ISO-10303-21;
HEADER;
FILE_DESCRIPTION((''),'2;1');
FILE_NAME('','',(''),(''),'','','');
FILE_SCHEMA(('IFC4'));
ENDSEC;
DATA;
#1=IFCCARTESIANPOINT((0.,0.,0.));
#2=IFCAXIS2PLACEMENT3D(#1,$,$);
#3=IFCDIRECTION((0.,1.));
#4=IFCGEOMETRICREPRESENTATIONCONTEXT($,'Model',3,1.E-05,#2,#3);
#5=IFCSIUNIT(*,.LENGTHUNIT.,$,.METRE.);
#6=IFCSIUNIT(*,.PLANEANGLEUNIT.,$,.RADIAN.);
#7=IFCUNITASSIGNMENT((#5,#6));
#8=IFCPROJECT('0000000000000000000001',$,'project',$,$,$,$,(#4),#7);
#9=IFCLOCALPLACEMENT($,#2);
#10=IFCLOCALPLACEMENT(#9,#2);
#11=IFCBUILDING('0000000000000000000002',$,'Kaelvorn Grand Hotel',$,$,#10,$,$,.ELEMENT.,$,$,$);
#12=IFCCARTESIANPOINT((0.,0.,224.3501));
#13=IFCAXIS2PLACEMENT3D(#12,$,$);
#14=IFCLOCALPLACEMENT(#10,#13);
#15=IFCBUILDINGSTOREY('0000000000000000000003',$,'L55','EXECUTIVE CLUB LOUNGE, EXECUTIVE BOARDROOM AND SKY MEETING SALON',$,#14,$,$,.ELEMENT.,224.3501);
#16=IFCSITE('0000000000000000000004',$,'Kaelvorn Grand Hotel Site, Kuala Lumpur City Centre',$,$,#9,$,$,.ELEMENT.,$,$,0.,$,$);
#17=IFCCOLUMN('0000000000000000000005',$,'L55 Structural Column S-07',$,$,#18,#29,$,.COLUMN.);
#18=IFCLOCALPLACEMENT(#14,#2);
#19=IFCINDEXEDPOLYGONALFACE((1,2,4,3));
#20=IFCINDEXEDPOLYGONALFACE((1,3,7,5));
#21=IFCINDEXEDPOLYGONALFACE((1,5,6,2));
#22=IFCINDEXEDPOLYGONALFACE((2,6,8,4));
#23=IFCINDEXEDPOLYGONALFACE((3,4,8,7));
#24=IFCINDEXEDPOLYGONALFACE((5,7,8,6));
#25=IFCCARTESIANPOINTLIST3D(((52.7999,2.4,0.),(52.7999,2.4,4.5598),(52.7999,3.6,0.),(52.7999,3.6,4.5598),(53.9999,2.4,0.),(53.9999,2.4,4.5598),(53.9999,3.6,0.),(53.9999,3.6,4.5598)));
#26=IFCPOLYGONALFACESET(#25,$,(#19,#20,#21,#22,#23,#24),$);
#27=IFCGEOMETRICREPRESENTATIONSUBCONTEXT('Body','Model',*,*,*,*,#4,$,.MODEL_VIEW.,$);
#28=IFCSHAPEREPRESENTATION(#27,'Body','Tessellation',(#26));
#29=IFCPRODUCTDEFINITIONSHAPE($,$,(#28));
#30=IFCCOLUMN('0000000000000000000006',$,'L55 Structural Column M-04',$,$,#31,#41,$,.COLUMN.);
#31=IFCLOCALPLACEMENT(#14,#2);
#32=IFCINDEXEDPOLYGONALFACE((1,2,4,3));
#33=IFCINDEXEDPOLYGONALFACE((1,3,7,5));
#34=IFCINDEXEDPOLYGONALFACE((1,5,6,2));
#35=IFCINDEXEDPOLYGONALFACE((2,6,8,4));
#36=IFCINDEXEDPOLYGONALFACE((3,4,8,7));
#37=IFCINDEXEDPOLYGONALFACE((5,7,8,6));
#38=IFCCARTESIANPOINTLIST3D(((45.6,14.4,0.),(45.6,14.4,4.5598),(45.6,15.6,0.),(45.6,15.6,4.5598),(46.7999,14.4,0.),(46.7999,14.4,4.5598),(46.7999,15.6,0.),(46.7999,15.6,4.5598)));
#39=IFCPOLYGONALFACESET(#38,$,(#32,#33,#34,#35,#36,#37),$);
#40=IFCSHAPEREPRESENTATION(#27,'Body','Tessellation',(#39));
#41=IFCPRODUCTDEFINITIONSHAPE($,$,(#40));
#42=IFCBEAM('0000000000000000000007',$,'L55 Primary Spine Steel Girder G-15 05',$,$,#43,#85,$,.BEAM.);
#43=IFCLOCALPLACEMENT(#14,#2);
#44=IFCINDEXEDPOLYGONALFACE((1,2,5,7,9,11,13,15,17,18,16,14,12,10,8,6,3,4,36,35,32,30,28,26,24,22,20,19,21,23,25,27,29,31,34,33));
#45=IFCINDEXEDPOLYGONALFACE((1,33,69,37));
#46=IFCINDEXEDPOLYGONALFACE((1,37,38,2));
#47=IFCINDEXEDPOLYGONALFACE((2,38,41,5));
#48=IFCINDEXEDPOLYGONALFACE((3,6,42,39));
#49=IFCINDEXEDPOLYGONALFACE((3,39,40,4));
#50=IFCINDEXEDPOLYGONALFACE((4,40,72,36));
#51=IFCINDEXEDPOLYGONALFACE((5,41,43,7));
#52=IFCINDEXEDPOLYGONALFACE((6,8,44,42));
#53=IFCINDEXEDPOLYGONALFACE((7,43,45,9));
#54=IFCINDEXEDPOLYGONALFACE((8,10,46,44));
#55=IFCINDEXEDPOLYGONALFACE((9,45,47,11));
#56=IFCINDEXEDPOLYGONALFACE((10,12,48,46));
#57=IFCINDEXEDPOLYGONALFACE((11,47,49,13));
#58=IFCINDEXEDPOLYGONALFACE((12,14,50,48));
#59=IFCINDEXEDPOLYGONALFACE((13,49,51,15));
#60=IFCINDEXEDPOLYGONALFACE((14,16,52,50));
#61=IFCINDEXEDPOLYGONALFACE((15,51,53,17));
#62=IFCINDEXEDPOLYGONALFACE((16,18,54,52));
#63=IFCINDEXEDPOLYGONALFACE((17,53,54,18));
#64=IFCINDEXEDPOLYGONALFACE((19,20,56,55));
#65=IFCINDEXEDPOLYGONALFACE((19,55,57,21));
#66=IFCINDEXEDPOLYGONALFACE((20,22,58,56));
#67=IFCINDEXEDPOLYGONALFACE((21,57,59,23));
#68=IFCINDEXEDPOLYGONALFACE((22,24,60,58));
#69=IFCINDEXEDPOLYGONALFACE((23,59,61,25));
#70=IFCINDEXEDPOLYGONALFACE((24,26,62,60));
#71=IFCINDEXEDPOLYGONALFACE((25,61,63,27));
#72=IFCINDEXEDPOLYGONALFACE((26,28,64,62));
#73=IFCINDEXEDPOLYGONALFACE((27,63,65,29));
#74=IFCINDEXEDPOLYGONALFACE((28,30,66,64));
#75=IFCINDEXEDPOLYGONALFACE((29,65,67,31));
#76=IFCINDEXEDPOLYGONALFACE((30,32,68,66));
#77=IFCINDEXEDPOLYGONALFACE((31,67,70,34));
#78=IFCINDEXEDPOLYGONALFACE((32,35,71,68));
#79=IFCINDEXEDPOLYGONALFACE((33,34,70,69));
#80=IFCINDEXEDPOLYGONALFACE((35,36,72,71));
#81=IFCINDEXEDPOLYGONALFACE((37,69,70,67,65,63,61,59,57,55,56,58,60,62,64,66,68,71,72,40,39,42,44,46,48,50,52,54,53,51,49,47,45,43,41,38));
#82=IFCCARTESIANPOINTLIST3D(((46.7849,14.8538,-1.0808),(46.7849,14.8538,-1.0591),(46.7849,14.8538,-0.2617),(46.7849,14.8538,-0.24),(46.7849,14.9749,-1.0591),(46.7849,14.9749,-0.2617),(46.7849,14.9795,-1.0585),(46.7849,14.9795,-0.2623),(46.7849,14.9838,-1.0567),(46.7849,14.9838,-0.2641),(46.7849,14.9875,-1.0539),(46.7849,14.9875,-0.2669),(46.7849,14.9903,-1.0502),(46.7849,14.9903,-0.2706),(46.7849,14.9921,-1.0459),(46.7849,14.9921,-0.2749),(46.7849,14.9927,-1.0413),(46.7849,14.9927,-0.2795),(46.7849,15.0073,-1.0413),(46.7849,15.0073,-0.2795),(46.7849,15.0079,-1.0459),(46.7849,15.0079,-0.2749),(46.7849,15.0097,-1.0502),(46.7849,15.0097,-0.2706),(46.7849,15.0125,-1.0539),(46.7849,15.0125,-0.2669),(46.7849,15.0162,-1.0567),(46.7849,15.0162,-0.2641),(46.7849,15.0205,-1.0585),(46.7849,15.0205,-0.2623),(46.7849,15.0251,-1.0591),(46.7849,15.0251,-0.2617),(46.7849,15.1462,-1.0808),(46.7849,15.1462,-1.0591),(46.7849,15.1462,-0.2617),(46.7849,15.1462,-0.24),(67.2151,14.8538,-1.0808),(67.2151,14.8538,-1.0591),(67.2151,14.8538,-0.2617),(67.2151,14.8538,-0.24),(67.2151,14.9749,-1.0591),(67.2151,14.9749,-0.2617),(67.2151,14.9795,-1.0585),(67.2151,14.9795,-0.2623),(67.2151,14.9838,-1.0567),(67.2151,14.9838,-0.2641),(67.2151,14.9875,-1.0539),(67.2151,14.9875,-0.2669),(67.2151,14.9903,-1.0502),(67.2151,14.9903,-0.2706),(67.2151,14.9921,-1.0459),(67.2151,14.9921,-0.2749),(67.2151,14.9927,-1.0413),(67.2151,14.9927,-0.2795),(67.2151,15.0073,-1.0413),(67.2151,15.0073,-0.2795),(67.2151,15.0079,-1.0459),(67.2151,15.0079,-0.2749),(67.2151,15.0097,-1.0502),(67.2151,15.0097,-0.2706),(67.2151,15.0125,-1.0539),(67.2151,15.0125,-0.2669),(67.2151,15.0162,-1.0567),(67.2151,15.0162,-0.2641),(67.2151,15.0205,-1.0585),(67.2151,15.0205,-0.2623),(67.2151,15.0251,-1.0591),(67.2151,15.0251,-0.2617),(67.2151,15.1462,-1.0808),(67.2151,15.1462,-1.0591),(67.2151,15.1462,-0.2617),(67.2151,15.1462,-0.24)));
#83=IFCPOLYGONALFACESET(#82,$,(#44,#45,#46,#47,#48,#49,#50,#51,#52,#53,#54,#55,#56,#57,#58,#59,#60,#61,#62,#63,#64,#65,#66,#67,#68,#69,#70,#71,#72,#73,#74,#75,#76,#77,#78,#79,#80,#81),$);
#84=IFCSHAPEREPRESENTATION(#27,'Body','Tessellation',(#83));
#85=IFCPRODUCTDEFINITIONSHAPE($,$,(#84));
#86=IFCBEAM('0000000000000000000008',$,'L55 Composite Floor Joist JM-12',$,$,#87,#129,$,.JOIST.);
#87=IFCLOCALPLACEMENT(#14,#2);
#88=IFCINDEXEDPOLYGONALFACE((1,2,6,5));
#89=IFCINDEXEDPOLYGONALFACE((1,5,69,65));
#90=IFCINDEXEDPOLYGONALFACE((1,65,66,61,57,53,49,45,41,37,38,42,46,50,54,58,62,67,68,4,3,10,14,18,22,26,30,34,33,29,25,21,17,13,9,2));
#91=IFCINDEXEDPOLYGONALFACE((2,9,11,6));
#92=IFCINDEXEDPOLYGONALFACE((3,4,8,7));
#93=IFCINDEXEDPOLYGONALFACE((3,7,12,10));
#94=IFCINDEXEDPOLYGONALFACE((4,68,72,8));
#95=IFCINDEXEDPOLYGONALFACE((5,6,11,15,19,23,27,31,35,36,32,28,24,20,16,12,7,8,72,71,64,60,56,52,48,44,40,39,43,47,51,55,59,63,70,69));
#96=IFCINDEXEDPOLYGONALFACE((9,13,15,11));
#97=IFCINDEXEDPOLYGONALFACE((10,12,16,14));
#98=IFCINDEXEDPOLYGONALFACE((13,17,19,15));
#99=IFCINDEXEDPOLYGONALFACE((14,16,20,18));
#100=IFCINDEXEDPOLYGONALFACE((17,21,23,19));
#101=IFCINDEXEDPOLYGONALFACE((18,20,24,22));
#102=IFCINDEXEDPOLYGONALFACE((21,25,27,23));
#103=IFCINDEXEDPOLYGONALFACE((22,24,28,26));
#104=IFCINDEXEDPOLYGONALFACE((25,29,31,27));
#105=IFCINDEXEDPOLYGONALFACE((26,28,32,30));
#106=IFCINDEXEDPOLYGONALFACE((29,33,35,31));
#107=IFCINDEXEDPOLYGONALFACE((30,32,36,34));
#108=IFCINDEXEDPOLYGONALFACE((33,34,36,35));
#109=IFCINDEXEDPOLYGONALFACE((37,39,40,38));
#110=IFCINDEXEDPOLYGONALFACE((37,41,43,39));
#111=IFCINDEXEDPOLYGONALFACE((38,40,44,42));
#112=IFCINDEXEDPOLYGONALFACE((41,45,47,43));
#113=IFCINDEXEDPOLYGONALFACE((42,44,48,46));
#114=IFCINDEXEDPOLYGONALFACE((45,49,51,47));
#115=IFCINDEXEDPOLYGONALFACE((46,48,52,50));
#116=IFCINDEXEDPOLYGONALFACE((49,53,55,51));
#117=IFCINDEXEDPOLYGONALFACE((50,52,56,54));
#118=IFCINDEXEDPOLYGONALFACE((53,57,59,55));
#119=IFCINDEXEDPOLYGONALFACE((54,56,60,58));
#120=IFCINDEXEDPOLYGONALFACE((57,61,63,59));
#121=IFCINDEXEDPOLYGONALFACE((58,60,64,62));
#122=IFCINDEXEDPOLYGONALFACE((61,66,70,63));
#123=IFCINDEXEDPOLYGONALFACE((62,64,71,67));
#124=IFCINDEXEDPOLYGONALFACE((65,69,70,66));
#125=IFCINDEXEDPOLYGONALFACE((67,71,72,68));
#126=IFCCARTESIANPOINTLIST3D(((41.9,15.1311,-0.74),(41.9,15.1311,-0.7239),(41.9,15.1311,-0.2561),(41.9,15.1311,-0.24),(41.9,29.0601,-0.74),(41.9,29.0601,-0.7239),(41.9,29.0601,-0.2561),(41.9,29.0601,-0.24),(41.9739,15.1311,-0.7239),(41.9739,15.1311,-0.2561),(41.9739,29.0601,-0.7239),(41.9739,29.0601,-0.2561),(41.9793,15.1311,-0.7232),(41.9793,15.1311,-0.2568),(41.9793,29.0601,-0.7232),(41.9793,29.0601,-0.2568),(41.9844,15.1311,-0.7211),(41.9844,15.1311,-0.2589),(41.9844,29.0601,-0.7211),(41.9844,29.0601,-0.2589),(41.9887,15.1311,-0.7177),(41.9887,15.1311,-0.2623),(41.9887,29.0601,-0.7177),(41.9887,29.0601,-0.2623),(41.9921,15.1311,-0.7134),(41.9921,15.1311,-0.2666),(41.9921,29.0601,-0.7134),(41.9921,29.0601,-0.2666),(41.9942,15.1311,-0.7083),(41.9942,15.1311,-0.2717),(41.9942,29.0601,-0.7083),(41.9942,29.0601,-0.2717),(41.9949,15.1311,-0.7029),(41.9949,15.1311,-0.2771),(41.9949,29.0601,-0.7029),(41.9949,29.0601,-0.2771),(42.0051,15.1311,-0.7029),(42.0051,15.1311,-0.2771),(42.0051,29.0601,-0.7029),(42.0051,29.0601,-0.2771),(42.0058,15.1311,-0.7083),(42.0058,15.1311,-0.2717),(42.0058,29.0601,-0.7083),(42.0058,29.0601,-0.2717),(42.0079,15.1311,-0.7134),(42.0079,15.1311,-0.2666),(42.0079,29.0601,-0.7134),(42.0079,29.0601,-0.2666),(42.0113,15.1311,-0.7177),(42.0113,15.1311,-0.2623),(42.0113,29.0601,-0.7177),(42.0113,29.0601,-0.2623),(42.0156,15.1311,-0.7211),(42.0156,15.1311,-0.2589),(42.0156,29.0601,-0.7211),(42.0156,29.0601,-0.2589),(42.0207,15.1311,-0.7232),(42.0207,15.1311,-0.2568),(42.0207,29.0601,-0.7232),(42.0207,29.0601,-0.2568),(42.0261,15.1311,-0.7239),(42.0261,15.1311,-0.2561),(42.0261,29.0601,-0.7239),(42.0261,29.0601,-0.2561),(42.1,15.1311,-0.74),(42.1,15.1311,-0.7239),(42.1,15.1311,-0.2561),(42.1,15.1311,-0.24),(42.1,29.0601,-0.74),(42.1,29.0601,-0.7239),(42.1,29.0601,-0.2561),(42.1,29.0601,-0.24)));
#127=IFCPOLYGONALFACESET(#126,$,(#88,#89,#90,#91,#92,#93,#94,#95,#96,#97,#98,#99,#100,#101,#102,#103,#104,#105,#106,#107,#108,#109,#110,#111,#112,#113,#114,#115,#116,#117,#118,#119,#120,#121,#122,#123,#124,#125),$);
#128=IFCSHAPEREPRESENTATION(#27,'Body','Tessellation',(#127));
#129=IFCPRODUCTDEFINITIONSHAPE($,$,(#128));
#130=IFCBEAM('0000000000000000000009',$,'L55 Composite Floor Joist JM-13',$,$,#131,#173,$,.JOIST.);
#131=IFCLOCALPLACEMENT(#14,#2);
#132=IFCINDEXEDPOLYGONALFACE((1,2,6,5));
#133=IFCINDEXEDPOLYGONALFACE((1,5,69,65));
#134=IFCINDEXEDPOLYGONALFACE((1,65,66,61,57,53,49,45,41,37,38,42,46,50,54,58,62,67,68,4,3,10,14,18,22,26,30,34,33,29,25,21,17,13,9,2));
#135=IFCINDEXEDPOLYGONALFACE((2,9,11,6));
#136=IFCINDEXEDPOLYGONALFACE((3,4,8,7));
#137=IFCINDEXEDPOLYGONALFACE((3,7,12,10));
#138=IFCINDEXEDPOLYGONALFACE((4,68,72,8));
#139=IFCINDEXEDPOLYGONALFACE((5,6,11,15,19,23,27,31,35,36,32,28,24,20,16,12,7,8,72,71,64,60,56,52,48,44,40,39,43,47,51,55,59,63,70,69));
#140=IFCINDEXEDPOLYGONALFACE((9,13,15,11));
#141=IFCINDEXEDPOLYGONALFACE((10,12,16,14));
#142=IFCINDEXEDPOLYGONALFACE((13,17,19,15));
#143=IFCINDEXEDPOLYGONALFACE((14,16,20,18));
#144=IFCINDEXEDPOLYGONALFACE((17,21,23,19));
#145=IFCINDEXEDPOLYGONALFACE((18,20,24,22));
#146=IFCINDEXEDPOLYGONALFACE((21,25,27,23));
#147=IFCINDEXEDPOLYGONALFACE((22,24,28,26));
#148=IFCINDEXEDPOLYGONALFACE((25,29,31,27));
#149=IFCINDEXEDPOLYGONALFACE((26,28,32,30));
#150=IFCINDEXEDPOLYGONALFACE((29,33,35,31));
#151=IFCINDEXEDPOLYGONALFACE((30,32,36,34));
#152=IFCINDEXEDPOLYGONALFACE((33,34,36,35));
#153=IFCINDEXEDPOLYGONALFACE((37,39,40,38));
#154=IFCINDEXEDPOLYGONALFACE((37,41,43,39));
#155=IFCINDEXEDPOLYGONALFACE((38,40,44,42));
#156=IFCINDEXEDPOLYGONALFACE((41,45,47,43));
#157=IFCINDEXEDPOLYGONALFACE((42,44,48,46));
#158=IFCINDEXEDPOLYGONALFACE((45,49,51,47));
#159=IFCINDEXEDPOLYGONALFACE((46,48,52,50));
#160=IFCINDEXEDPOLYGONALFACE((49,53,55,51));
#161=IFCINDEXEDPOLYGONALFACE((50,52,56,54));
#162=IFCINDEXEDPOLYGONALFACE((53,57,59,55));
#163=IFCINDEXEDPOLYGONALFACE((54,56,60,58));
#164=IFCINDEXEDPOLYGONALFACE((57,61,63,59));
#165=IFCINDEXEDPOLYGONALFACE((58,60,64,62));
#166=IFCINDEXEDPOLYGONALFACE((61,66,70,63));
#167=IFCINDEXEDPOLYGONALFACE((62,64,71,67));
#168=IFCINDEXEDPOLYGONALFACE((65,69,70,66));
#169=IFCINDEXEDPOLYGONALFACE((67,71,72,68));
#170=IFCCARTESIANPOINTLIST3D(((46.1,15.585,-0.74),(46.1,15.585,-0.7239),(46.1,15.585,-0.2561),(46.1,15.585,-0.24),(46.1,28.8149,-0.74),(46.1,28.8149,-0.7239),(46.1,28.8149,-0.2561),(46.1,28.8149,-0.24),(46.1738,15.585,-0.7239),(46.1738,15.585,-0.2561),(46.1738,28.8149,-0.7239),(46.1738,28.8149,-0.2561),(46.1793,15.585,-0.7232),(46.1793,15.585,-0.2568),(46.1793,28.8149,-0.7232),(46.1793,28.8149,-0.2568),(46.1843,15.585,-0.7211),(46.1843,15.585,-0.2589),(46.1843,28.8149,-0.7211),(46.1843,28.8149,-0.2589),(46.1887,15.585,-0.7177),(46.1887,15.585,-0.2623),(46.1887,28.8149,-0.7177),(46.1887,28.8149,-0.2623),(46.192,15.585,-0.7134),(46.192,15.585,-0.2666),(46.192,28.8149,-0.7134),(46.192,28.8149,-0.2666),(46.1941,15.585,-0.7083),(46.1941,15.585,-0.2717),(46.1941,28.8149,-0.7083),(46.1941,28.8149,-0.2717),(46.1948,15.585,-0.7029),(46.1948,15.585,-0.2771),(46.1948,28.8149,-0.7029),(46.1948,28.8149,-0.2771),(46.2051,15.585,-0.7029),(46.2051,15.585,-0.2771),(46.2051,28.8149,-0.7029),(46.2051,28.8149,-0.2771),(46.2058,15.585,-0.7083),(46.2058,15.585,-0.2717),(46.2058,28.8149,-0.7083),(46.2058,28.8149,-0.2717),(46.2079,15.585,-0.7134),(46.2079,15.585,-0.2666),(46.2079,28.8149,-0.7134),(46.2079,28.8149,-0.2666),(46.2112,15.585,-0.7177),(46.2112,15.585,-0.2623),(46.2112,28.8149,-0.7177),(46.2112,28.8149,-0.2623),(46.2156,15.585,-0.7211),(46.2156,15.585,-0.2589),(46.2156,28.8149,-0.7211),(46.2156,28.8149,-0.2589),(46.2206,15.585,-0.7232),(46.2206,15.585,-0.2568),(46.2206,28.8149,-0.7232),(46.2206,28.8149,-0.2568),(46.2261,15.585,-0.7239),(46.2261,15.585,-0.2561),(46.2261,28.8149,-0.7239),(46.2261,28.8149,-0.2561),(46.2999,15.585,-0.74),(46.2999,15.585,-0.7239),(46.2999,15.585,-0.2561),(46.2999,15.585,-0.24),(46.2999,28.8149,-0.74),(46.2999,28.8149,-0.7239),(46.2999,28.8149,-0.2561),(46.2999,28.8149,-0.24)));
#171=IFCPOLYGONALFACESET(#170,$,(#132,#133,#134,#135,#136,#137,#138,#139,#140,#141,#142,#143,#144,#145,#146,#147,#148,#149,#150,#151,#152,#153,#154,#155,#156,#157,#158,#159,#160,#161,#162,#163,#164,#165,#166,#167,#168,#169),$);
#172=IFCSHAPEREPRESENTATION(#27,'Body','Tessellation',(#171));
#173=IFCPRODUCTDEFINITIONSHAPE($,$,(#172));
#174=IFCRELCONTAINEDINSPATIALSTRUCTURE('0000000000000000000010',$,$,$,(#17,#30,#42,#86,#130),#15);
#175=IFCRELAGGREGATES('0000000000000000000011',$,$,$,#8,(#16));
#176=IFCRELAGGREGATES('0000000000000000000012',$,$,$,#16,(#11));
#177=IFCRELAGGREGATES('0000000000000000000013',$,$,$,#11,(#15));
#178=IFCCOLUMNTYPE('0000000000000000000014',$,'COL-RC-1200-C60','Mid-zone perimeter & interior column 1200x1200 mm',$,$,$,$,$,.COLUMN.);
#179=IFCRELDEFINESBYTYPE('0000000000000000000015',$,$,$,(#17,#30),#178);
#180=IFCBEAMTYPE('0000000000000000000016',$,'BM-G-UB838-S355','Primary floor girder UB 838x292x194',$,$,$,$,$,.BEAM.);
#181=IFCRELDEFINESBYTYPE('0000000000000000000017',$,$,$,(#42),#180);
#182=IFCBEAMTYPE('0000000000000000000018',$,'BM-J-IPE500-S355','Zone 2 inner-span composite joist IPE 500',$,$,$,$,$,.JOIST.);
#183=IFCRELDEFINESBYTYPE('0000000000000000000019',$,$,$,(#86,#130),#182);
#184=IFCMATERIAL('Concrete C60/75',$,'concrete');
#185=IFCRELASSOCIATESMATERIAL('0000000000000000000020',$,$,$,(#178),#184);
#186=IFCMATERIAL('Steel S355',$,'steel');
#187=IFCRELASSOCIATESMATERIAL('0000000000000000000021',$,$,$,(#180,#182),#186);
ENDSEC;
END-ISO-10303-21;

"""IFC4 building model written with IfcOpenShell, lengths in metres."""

from ifc_helpers import new_model, si_unit, direction, frame, origin, origin_2d, place, context, subcontext, project, spatial, rectangle, i_section, extrude, material, material_profile, profile_set, type_object, element, save


model = new_model("IFC4")

# Units and contexts
model_context = context("Model", 3, precision=1e-05, world=origin(), true_north=direction((0.0, 1.0)))
body_context = subcontext(model_context, "Body", "Model", "MODEL_VIEW")
ifc_project = project(units=[si_unit("LENGTHUNIT", "METRE"), si_unit("PLANEANGLEUNIT", "RADIAN")], contexts=[model_context])

# Site, building, storey
site_placement = place(None, origin())
site = spatial("IfcSite", under=ifc_project, at=site_placement, Name="Kaelvorn Grand Hotel Site, Kuala Lumpur City Centre", CompositionType="ELEMENT", RefElevation=0.0)
building_placement = place(site_placement, origin())
building = spatial("IfcBuilding", under=site, at=building_placement, Name="Kaelvorn Grand Hotel", CompositionType="ELEMENT")
storey_placement = place(building_placement, frame((0.0, 0.0, 224.3501)))
storey = spatial("IfcBuildingStorey", under=building, at=storey_placement, Name="L55", Description="EXECUTIVE CLUB LOUNGE, EXECUTIVE BOARDROOM AND SKY MEETING SALON", CompositionType="ELEMENT", Elevation=224.3501)

# Columns
ifc_material_1 = material(Name="Concrete C60/75", Category="concrete")
ifc_material_profile_1 = material_profile(ifc_material_1, rectangle(XDim=1.2, YDim=1.2, at=origin_2d()), Name="RC COL 1200x1200")
ifc_profile_set_1 = profile_set([ifc_material_profile_1], Name="Concrete C60/75")
column_type = type_object("IfcColumnType", Name="COL-RC-1200-C60", Description="Mid-zone perimeter & interior column 1200x1200 mm", PredefinedType="COLUMN", material=ifc_profile_set_1)
for number, where, z_axis, x_axis, name in (
    (1, (53.3999, 3.0, 0.0), (0.0, 0.0, 1.0), (1.0, 0.0, 0.0), "L55 Structural Column S-07"),
    (2, (46.2, 15.0, 0.0), (0.0, 0.0, 1.0), (1.0, 0.0, 0.0), "L55 Structural Column M-04"),
):
    element("IfcColumn", number, at=place(storey_placement, frame(where, z_axis=z_axis, x_axis=x_axis)), inside=storey, type_object=column_type, Name=name, PredefinedType="COLUMN", context=body_context, shape_type="SweptSolid", body=[
        extrude(rectangle(XDim=1.2, YDim=1.2, at=origin_2d()), origin(), (0.0, 0.0, 1.0), 4.5598),
    ])

# Beams
ifc_material_2 = material(Name="Steel S355", Category="steel")
ifc_material_profile_2 = material_profile(ifc_material_2, i_section(OverallWidth=0.2925, OverallDepth=0.8408, WebThickness=0.0146, FlangeThickness=0.0217, FilletRadius=0.0178, at=origin_2d()), Name="UB 838x292x194")
ifc_profile_set_2 = profile_set([ifc_material_profile_2], Name="Steel S355")
beam_type_1 = type_object("IfcBeamType", Name="BM-G-UB838-S355", Description="Primary floor girder UB 838x292x194", PredefinedType="BEAM", material=ifc_profile_set_2)
beam_1_placement = place(storey_placement, frame((46.7849, 15.0, -0.6604), z_axis=(1.0, 0.0, 0.0), x_axis=(0.0, 1.0, 0.0)))
element("IfcBeam", 3, at=beam_1_placement, inside=storey, type_object=beam_type_1, Name="L55 Primary Spine Steel Girder G-15 05", PredefinedType="BEAM", context=body_context, shape_type="SweptSolid", body=[
    extrude(i_section(OverallWidth=0.2925, OverallDepth=0.8408, WebThickness=0.0146, FlangeThickness=0.0217, FilletRadius=0.0178, at=origin_2d()), origin(), (0.0, 0.0, 1.0), 20.4302),
])
ifc_material_profile_3 = material_profile(ifc_material_2, i_section(OverallWidth=0.2, OverallDepth=0.5, WebThickness=0.0103, FlangeThickness=0.0161, FilletRadius=0.021, at=origin_2d()), Name="IPE 500")
ifc_profile_set_3 = profile_set([ifc_material_profile_3], Name="Steel S355")
beam_type_2 = type_object("IfcBeamType", Name="BM-J-IPE500-S355", Description="Zone 2 inner-span composite joist IPE 500", PredefinedType="JOIST", material=ifc_profile_set_3)
beam_2_placement = place(storey_placement, frame((42.0, 15.1311, -0.49), z_axis=(0.0, 1.0, 0.0), x_axis=(-1.0, 0.0, 0.0)))
element("IfcBeam", 4, at=beam_2_placement, inside=storey, type_object=beam_type_2, Name="L55 Composite Floor Joist JM-12", PredefinedType="JOIST", context=body_context, shape_type="SweptSolid", body=[
    extrude(i_section(OverallWidth=0.2, OverallDepth=0.5, WebThickness=0.0103, FlangeThickness=0.0161, FilletRadius=0.021, at=origin_2d()), origin(), (0.0, 0.0, 1.0), 13.929),
])
beam_3_placement = place(storey_placement, frame((46.2, 15.585, -0.49), z_axis=(0.0, 1.0, 0.0), x_axis=(-1.0, 0.0, 0.0)))
element("IfcBeam", 5, at=beam_3_placement, inside=storey, type_object=beam_type_2, Name="L55 Composite Floor Joist JM-13", PredefinedType="JOIST", context=body_context, shape_type="SweptSolid", body=[
    extrude(i_section(OverallWidth=0.2, OverallDepth=0.5, WebThickness=0.0103, FlangeThickness=0.0161, FilletRadius=0.021, at=origin_2d()), origin(), (0.0, 0.0, 1.0), 13.23),
])

save(model, "model.ifc")
